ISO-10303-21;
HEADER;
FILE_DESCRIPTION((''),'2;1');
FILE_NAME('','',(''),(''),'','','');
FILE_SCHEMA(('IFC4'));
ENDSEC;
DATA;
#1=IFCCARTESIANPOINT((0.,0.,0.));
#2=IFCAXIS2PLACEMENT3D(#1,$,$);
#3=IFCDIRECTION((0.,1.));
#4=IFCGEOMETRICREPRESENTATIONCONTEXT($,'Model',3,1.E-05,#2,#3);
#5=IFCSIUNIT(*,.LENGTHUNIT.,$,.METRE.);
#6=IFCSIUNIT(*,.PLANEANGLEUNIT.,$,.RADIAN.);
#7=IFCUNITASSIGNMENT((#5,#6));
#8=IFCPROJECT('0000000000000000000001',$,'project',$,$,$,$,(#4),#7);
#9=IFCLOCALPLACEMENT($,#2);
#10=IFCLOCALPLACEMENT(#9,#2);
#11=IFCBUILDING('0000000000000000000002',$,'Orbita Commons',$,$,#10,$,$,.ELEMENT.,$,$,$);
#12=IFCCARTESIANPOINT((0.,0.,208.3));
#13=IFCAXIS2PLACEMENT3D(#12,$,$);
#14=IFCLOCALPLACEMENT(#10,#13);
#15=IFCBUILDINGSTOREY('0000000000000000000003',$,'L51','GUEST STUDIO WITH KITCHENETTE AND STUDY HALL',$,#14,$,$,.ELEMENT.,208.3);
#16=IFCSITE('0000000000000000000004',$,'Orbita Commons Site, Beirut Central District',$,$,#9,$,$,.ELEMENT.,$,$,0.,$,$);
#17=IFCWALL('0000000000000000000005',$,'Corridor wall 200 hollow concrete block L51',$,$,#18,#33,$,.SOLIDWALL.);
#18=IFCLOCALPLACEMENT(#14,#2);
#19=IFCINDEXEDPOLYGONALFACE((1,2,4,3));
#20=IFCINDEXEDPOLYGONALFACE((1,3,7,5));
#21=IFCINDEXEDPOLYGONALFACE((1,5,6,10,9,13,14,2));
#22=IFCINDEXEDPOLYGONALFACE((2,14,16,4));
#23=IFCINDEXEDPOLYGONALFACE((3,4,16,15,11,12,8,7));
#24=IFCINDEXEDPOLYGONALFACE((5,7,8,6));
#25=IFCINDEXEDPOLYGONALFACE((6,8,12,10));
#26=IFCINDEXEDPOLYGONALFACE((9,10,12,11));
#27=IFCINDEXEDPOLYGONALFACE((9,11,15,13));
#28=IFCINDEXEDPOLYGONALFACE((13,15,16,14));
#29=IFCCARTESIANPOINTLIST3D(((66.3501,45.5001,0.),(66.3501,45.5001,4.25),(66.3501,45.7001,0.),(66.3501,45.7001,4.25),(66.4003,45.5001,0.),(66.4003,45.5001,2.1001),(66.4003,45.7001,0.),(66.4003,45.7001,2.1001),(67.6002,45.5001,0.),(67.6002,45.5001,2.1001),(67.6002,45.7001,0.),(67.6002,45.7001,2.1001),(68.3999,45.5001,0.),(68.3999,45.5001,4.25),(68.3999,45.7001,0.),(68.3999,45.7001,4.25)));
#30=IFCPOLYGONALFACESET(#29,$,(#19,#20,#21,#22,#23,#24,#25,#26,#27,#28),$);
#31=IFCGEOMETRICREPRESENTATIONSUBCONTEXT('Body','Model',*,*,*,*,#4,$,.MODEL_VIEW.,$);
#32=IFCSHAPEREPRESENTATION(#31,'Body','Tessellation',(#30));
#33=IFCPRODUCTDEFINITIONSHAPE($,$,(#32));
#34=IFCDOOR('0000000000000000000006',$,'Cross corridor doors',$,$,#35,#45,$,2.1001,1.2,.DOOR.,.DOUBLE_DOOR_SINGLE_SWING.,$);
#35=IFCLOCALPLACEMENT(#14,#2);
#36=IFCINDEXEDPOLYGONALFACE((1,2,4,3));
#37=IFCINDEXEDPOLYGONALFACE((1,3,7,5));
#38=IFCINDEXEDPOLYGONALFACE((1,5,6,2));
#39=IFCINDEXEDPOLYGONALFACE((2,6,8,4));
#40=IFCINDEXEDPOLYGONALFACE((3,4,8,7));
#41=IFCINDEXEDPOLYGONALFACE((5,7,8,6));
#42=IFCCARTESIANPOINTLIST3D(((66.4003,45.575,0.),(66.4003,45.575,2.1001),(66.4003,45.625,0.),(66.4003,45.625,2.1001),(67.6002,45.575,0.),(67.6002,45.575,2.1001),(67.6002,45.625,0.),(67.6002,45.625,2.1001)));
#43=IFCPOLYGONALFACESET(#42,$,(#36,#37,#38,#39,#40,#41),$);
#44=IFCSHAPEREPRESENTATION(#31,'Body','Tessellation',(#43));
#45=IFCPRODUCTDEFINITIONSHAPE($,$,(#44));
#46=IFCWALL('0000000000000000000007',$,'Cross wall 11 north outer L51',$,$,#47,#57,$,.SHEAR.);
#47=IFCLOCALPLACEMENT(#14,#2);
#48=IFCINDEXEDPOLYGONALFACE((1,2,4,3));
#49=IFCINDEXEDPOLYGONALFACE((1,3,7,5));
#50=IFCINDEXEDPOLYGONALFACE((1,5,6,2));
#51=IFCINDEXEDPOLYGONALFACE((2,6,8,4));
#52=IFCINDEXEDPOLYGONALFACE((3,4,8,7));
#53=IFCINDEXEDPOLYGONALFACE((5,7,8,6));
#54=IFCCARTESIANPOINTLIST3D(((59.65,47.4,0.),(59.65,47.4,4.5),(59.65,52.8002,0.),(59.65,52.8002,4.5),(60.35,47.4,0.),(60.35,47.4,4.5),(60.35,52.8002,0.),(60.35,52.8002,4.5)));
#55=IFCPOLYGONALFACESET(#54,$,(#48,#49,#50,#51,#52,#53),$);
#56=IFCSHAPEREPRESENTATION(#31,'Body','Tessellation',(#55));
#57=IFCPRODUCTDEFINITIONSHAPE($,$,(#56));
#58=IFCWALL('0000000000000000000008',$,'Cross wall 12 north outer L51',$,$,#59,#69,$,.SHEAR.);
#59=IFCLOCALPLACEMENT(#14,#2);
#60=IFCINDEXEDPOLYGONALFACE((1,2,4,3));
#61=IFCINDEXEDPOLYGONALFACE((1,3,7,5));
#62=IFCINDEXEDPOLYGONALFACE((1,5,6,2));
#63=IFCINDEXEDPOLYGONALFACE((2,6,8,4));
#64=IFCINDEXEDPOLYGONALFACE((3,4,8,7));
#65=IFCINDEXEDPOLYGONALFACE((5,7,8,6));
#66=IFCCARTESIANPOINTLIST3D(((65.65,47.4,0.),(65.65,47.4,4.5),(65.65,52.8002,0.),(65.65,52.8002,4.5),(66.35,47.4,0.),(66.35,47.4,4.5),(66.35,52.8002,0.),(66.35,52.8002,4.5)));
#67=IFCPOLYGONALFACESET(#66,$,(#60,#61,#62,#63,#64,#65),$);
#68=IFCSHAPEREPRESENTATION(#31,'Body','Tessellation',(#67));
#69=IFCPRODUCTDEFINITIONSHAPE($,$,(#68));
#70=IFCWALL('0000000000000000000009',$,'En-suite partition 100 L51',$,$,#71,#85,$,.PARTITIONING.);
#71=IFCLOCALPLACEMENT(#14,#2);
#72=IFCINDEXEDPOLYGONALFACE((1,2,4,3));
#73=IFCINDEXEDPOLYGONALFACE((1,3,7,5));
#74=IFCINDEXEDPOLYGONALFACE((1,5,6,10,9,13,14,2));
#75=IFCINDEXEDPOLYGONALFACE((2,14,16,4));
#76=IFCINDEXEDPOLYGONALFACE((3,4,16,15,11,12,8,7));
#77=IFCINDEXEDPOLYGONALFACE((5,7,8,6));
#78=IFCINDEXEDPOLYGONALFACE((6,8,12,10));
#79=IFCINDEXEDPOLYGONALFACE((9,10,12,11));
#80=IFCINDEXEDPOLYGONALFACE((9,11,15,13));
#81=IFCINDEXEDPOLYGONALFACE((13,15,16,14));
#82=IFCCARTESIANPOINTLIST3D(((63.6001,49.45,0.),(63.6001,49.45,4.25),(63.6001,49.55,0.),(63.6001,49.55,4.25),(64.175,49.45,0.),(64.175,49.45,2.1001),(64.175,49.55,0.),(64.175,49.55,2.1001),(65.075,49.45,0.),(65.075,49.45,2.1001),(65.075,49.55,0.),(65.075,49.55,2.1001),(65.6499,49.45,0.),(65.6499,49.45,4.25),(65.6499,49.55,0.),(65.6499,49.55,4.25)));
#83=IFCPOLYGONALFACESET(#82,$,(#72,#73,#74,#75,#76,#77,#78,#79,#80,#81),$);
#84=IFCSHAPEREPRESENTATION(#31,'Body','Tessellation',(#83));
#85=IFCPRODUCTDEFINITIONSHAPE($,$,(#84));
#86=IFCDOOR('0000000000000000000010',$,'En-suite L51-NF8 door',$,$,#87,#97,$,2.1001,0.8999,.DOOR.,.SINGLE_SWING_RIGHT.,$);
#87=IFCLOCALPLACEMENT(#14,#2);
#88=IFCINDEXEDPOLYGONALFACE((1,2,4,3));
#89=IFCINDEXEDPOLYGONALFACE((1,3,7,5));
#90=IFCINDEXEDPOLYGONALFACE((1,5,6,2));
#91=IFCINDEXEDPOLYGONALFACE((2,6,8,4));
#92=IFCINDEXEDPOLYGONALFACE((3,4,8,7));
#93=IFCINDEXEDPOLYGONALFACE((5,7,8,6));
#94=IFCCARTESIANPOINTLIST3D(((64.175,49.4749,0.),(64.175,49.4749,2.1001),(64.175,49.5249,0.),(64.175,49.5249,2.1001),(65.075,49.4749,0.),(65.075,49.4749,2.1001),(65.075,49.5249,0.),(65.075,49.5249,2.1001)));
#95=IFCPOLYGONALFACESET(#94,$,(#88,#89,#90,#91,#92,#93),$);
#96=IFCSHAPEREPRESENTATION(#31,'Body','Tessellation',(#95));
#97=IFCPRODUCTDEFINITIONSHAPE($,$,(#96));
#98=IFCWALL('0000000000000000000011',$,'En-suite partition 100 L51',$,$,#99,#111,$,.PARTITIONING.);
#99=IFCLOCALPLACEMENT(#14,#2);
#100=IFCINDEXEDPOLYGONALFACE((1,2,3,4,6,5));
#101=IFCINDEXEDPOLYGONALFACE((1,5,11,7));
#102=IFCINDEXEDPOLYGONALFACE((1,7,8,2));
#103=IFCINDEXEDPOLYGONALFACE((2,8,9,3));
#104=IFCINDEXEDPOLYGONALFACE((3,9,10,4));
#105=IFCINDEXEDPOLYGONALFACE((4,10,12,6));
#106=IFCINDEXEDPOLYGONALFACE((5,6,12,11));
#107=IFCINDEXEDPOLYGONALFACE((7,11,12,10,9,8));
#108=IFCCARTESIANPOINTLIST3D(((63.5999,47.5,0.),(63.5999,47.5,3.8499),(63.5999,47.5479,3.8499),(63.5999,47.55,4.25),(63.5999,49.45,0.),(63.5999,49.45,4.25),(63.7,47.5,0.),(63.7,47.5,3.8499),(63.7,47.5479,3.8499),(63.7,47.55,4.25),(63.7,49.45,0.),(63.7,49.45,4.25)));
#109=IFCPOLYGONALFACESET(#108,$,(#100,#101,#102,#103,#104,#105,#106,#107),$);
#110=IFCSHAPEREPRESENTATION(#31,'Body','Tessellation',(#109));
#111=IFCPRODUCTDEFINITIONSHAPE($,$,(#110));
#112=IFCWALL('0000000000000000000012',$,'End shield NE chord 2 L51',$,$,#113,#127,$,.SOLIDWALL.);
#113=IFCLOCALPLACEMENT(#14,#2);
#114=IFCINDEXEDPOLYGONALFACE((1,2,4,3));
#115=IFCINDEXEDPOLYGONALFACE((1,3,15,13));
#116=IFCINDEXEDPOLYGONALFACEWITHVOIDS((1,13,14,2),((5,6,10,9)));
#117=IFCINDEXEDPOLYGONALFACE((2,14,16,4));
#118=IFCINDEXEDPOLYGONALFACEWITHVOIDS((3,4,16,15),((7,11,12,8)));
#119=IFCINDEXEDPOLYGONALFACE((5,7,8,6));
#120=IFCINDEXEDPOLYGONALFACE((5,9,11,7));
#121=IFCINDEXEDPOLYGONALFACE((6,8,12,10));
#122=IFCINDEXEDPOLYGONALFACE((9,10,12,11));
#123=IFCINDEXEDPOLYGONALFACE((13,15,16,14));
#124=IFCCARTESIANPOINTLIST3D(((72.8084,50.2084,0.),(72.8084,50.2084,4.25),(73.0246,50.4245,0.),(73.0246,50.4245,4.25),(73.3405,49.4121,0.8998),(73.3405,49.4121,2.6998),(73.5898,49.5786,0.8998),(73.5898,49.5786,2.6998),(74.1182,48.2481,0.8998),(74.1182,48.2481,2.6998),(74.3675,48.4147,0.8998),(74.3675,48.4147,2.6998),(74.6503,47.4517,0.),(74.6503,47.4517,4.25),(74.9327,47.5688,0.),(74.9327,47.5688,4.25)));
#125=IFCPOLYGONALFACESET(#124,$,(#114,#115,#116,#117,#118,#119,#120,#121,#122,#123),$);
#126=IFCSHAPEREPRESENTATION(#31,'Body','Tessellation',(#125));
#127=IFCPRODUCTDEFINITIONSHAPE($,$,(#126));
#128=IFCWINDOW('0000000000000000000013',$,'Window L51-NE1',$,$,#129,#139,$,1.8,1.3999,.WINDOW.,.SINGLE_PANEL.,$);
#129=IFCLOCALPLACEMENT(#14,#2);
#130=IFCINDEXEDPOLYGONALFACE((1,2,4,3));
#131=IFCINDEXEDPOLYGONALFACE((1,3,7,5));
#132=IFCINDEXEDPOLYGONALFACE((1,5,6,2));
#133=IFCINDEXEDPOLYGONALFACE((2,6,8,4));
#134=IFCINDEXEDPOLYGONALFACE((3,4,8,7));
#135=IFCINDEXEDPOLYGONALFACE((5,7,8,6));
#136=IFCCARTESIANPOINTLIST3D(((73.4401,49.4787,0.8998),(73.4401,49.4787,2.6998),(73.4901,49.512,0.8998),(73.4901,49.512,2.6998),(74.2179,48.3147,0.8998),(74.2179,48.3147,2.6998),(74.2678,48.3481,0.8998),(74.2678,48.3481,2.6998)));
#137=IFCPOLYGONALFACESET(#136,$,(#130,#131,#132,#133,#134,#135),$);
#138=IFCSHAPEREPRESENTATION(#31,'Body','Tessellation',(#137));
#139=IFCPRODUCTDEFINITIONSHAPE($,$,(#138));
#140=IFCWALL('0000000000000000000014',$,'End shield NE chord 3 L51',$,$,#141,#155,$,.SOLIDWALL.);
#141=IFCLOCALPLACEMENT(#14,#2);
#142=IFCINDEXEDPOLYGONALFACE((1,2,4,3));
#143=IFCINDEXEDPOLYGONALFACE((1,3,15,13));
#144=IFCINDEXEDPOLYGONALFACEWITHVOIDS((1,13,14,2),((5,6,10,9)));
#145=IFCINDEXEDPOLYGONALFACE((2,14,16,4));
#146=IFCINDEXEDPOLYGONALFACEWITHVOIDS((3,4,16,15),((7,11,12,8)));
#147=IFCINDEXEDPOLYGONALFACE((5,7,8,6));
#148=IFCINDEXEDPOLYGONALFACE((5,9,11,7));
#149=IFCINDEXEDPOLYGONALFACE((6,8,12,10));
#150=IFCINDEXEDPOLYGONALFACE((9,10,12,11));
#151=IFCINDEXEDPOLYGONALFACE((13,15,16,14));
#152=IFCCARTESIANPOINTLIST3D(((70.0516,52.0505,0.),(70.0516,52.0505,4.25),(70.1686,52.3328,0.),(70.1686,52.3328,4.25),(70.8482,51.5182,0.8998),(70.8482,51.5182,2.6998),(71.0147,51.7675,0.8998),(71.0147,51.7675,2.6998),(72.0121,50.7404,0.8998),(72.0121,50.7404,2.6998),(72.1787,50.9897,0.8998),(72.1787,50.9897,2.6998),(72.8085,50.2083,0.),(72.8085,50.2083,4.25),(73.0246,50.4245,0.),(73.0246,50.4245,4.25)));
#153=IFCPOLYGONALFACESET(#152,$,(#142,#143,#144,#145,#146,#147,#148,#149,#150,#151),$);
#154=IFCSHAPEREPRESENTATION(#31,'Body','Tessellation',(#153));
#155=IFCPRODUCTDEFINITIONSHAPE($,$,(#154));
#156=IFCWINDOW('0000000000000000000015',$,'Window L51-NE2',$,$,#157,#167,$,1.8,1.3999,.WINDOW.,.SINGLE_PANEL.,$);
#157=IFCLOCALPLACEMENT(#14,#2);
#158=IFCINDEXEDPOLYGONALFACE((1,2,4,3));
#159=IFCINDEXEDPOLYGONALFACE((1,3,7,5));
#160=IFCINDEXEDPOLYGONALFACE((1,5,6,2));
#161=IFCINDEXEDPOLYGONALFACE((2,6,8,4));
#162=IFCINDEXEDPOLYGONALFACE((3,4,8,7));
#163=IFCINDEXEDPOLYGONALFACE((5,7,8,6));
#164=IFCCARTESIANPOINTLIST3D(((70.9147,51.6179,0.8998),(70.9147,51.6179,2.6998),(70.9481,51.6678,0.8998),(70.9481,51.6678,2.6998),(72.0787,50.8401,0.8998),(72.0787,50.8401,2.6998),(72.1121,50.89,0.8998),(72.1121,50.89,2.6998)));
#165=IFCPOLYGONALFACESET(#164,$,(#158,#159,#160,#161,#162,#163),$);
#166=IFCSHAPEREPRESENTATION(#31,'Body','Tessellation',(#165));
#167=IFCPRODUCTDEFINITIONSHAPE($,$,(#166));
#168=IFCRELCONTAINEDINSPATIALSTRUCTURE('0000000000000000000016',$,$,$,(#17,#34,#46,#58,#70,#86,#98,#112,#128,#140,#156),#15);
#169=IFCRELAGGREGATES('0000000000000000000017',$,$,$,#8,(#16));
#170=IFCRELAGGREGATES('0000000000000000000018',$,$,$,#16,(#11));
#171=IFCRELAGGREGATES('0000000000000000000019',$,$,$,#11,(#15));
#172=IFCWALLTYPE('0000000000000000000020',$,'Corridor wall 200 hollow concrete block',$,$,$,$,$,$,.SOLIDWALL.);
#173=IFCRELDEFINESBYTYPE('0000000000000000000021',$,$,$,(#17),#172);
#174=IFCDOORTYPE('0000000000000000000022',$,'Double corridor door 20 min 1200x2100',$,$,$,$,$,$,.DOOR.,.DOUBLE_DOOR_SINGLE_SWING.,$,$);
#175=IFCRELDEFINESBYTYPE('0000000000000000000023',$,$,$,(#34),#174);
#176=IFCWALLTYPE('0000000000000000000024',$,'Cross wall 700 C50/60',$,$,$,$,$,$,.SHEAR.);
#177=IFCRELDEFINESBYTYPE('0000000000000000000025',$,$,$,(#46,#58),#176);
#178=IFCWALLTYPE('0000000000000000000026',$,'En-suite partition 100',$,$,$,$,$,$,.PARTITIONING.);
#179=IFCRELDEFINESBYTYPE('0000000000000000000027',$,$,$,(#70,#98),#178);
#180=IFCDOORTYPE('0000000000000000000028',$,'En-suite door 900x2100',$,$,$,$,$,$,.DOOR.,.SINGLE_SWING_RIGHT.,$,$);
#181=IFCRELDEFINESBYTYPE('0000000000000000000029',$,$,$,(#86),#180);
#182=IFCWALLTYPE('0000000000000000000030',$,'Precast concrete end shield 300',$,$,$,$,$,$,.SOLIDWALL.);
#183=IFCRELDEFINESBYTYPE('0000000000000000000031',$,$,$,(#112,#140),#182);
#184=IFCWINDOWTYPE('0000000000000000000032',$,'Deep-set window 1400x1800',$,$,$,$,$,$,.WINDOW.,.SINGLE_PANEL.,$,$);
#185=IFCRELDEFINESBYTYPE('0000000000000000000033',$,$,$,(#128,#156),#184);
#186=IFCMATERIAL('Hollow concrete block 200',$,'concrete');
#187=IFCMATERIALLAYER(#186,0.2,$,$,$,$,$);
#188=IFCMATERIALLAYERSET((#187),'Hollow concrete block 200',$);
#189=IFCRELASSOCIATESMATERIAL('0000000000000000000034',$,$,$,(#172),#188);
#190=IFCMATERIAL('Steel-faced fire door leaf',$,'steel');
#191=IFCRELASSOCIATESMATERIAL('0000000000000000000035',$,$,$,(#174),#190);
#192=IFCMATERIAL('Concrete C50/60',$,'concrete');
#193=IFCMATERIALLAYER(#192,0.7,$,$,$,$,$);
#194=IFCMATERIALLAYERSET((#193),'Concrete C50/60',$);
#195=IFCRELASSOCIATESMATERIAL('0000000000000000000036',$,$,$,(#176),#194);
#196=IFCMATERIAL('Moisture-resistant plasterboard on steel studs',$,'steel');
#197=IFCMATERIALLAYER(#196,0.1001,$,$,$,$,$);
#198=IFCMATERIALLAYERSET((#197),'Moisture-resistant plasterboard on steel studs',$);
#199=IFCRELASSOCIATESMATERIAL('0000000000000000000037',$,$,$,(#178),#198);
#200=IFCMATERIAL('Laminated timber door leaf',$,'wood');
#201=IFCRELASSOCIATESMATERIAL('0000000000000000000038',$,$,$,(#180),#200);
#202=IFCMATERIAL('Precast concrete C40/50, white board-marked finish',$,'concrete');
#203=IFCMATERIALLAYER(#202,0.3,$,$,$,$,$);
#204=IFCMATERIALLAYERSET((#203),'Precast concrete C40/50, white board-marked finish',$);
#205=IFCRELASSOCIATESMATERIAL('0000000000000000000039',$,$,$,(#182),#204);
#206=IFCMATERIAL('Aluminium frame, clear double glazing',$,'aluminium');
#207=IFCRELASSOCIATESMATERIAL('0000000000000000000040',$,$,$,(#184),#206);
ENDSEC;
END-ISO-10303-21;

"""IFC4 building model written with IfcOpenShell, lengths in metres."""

from ifc_helpers import new_model, si_unit, direction, frame, frame_2d, origin, place, context, subcontext, project, spatial, polyline, rectangle, outline, extrude, material, layer, layer_set, type_object, element, fill, save


model = new_model("IFC4")

# Units and contexts
model_context = context("Model", 3, precision=1e-05, world=origin(), true_north=direction((0.0, 1.0)))
body_context = subcontext(model_context, "Body", "Model", "MODEL_VIEW")
ifc_project = project(units=[si_unit("LENGTHUNIT", "METRE"), si_unit("PLANEANGLEUNIT", "RADIAN")], contexts=[model_context])

# Site, building, storey
site_placement = place(None, origin())
site = spatial("IfcSite", under=ifc_project, at=site_placement, Name="Orbita Commons Site, Beirut Central District", CompositionType="ELEMENT", RefElevation=0.0)
building_placement = place(site_placement, origin())
building = spatial("IfcBuilding", under=site, at=building_placement, Name="Orbita Commons", CompositionType="ELEMENT")
storey_placement = place(building_placement, frame((0.0, 0.0, 208.3)))
storey = spatial("IfcBuildingStorey", under=building, at=storey_placement, Name="L51", Description="GUEST STUDIO WITH KITCHENETTE AND STUDY HALL", CompositionType="ELEMENT", Elevation=208.3)

# Shared definitions
ifc_material_1 = material(Name="Hollow concrete block 200", Category="concrete")
ifc_layer_1 = layer(ifc_material_1, 0.2)
ifc_layer_set_1 = layer_set([ifc_layer_1], Name="Hollow concrete block 200")
wall_type_1 = type_object("IfcWallType", Name="Corridor wall 200 hollow concrete block", PredefinedType="SOLIDWALL", material=ifc_layer_set_1)

# Wall, opening, door
wall_1_placement = place(storey_placement, frame((66.3501, 45.6001, 0.0), z_axis=(0.0, 0.0, 1.0), x_axis=(1.0, 0.0, 0.0)))
wall_1 = element("IfcWall", 1, at=wall_1_placement, inside=storey, type_object=wall_type_1, Name="Corridor wall 200 hollow concrete block L51", PredefinedType="SOLIDWALL", context=body_context, shape_type="SweptSolid", body=[
    extrude(rectangle(XDim=2.0498, YDim=0.2, at=frame_2d((1.0249, 0.0))), origin(), (0.0, 0.0, 1.0), 4.25),
])
opening_1_placement = place(wall_1_placement, frame((0.05, 0.0, 0.0)))
opening_1 = element("IfcOpeningElement", 2, at=opening_1_placement, cuts=wall_1, PredefinedType="OPENING", context=body_context, shape_type="SweptSolid", body=[
    extrude(rectangle(XDim=1.2, YDim=2.1001, at=frame_2d((0.6001, 1.05))), frame((0.0, 0.1099, 0.0), z_axis=(0.0, -1.0, 0.0), x_axis=(1.0, 0.0, 0.0)), (0.0, 0.0, 1.0), 0.22),
])
ifc_material_2 = material(Name="Steel-faced fire door leaf", Category="steel")
door_type_1 = type_object("IfcDoorType", Name="Double corridor door 20 min 1200x2100", OperationType="DOUBLE_DOOR_SINGLE_SWING", PredefinedType="DOOR", material=ifc_material_2)
door_1_placement = place(opening_1_placement, origin())
door_1 = element("IfcDoor", 3, at=door_1_placement, inside=storey, type_object=door_type_1, Name="Cross corridor doors", OperationType="DOUBLE_DOOR_SINGLE_SWING", OverallHeight=2.1001, OverallWidth=1.2, PredefinedType="DOOR", context=body_context, shape_type="SweptSolid", body=[
    extrude(rectangle(XDim=1.2, YDim=2.1001, at=frame_2d((0.6001, 1.05))), frame((0.0, 0.0249, 0.0), z_axis=(0.0, -1.0, 0.0), x_axis=(1.0, 0.0, 0.0)), (0.0, 0.0, 1.0), 0.05),
])
fill(opening_1, door_1)

# Walls
ifc_material_3 = material(Name="Concrete C50/60", Category="concrete")
ifc_layer_2 = layer(ifc_material_3, 0.7)
ifc_layer_set_2 = layer_set([ifc_layer_2], Name="Concrete C50/60")
wall_type_2 = type_object("IfcWallType", Name="Cross wall 700 C50/60", PredefinedType="SHEAR", material=ifc_layer_set_2)
for number, where, z_axis, x_axis, name in (
    (4, (60.0, 47.3999, 0.0), (0.0, 0.0, 1.0), (0.0, 1.0, 0.0), "Cross wall 11 north outer L51"),
    (5, (66.0, 47.3999, 0.0), (0.0, 0.0, 1.0), (0.0, 1.0, 0.0), "Cross wall 12 north outer L51"),
):
    element("IfcWall", number, at=place(storey_placement, frame(where, z_axis=z_axis, x_axis=x_axis)), inside=storey, type_object=wall_type_2, Name=name, PredefinedType="SHEAR", context=body_context, shape_type="SweptSolid", body=[
        extrude(rectangle(XDim=5.4001, YDim=0.7, at=frame_2d((2.7002, 0.0))), origin(), (0.0, 0.0, 1.0), 4.5),
    ])

# Wall, opening, door
ifc_material_4 = material(Name="Moisture-resistant plasterboard on steel studs", Category="steel")
ifc_layer_3 = layer(ifc_material_4, 0.1001)
ifc_layer_set_3 = layer_set([ifc_layer_3], Name="Moisture-resistant plasterboard on steel studs")
wall_type_3 = type_object("IfcWallType", Name="En-suite partition 100", PredefinedType="PARTITIONING", material=ifc_layer_set_3)
wall_2_placement = place(storey_placement, frame((63.6001, 49.5, 0.0), z_axis=(0.0, 0.0, 1.0), x_axis=(1.0, 0.0, 0.0)))
wall_2 = element("IfcWall", 6, at=wall_2_placement, inside=storey, type_object=wall_type_3, Name="En-suite partition 100 L51", PredefinedType="PARTITIONING", context=body_context, shape_type="SweptSolid", body=[
    extrude(rectangle(XDim=2.0498, YDim=0.1001, at=frame_2d((1.0249, 0.0))), origin(), (0.0, 0.0, 1.0), 4.25),
])
opening_2_placement = place(wall_2_placement, frame((0.575, 0.0, 0.0)))
opening_2 = element("IfcOpeningElement", 7, at=opening_2_placement, cuts=wall_2, PredefinedType="OPENING", context=body_context, shape_type="SweptSolid", body=[
    extrude(rectangle(XDim=0.8999, YDim=2.1001, at=frame_2d((0.45, 1.05))), frame((0.0, 0.0601, 0.0), z_axis=(0.0, -1.0, 0.0), x_axis=(1.0, 0.0, 0.0)), (0.0, 0.0, 1.0), 0.1201),
])
ifc_material_5 = material(Name="Laminated timber door leaf", Category="wood")
door_type_2 = type_object("IfcDoorType", Name="En-suite door 900x2100", OperationType="SINGLE_SWING_RIGHT", PredefinedType="DOOR", material=ifc_material_5)
door_2_placement = place(opening_2_placement, origin())
door_2 = element("IfcDoor", 8, at=door_2_placement, inside=storey, type_object=door_type_2, Name="En-suite L51-NF8 door", OperationType="SINGLE_SWING_RIGHT", OverallHeight=2.1001, OverallWidth=0.8999, PredefinedType="DOOR", context=body_context, shape_type="SweptSolid", body=[
    extrude(rectangle(XDim=0.8999, YDim=2.1001, at=frame_2d((0.45, 1.05))), frame((0.0, 0.0249, 0.0), z_axis=(0.0, -1.0, 0.0), x_axis=(1.0, 0.0, 0.0)), (0.0, 0.0, 1.0), 0.05),
])
fill(opening_2, door_2)

# Wall
wall_3_placement = place(storey_placement, frame((63.6499, 49.45, 0.0), z_axis=(0.0, 0.0, 1.0), x_axis=(0.0, -1.0, 0.0)))
element("IfcWall", 9, at=wall_3_placement, inside=storey, type_object=wall_type_3, Name="En-suite partition 100 L51", PredefinedType="PARTITIONING", context=body_context, shape_type="SweptSolid", body=[
    extrude(outline(polyline([(0.0, 0.0), (1.95, 0.0), (1.95, 3.8499), (1.9021, 3.8499), (1.8999, 4.25), (0.0, 4.25), (0.0, 0.0)])), frame((0.0, 0.05, 0.0), z_axis=(0.0, -1.0, 0.0), x_axis=(1.0, 0.0, 0.0)), (0.0, 0.0, 1.0), 0.1001),
])

# Walls, openings, windows
ifc_material_6 = material(Name="Precast concrete C40/50, white board-marked finish", Category="concrete")
ifc_layer_4 = layer(ifc_material_6, 0.3)
ifc_layer_set_4 = layer_set([ifc_layer_4], Name="Precast concrete C40/50, white board-marked finish")
wall_type_4 = type_object("IfcWallType", Name="Precast concrete end shield 300", PredefinedType="SOLIDWALL", material=ifc_layer_set_4)
wall_4_placement = place(storey_placement, frame((74.7915, 47.5103, 0.0), z_axis=(0.0, 0.0, 1.0), x_axis=(-0.555568, 0.831471, 0.0)))
wall_4 = element("IfcWall", 10, at=wall_4_placement, inside=storey, type_object=wall_type_4, Name="End shield NE chord 2 L51", PredefinedType="SOLIDWALL", context=body_context, shape_type="SweptSolid", body=[
    extrude(outline(polyline([(-0.0298, -0.1499), (3.4048, -0.1499), (3.3452, 0.1499), (0.0298, 0.1499), (-0.0298, -0.1499)])), origin(), (0.0, 0.0, 1.0), 4.25),
])
opening_3_placement = place(wall_4_placement, frame((0.9875, 0.0, 0.8999)))
opening_3 = element("IfcOpeningElement", 11, at=opening_3_placement, cuts=wall_4, PredefinedType="OPENING", context=body_context, shape_type="SweptSolid", body=[
    extrude(rectangle(XDim=1.3999, YDim=1.8, at=frame_2d((0.7, 0.8999))), frame((0.0, 0.1599, 0.0), z_axis=(0.0, -1.0, 0.0), x_axis=(1.0, 0.0, 0.0)), (0.0, 0.0, 1.0), 0.3201),
])
ifc_material_7 = material(Name="Aluminium frame, clear double glazing", Category="aluminium")
window_type = type_object("IfcWindowType", Name="Deep-set window 1400x1800", PartitioningType="SINGLE_PANEL", PredefinedType="WINDOW", material=ifc_material_7)
window_1_placement = place(opening_3_placement, origin())
window_1 = element("IfcWindow", 12, at=window_1_placement, inside=storey, type_object=window_type, Name="Window L51-NE1", OverallHeight=1.8, OverallWidth=1.3999, PartitioningType="SINGLE_PANEL", PredefinedType="WINDOW", context=body_context, shape_type="SweptSolid", body=[
    extrude(rectangle(XDim=1.3999, YDim=1.8, at=frame_2d((0.7, 0.8999))), frame((0.0, 0.03, 0.0), z_axis=(0.0, -1.0, 0.0), x_axis=(1.0, 0.0, 0.0)), (0.0, 0.0, 1.0), 0.0601),
])
fill(opening_3, window_1)
wall_5_placement = place(storey_placement, frame((72.9165, 50.3164, 0.0), z_axis=(0.0, 0.0, 1.0), x_axis=(-0.83146, 0.555585, 0.0)))
wall_5 = element("IfcWall", 13, at=wall_5_placement, inside=storey, type_object=wall_type_4, Name="End shield NE chord 3 L51", PredefinedType="SOLIDWALL", context=body_context, shape_type="SweptSolid", body=[
    extrude(outline(polyline([(-0.0298, -0.1499), (3.405, -0.1499), (3.3455, 0.1499), (0.0298, 0.1499), (-0.0298, -0.1499)])), origin(), (0.0, 0.0, 1.0), 4.25),
])
opening_4_placement = place(wall_5_placement, frame((0.9875, 0.0, 0.8999)))
opening_4 = element("IfcOpeningElement", 14, at=opening_4_placement, cuts=wall_5, PredefinedType="OPENING", context=body_context, shape_type="SweptSolid", body=[
    extrude(rectangle(XDim=1.3999, YDim=1.8, at=frame_2d((0.7, 0.8999))), frame((0.0, 0.1599, 0.0), z_axis=(0.0, -1.0, 0.0), x_axis=(1.0, 0.0, 0.0)), (0.0, 0.0, 1.0), 0.3201),
])
window_2_placement = place(opening_4_placement, origin())
window_2 = element("IfcWindow", 15, at=window_2_placement, inside=storey, type_object=window_type, Name="Window L51-NE2", OverallHeight=1.8, OverallWidth=1.3999, PartitioningType="SINGLE_PANEL", PredefinedType="WINDOW", context=body_context, shape_type="SweptSolid", body=[
    extrude(rectangle(XDim=1.3999, YDim=1.8, at=frame_2d((0.7, 0.8999))), frame((0.0, 0.03, 0.0), z_axis=(0.0, -1.0, 0.0), x_axis=(1.0, 0.0, 0.0)), (0.0, 0.0, 1.0), 0.0601),
])
fill(opening_4, window_2)

save(model, "model.ifc")
